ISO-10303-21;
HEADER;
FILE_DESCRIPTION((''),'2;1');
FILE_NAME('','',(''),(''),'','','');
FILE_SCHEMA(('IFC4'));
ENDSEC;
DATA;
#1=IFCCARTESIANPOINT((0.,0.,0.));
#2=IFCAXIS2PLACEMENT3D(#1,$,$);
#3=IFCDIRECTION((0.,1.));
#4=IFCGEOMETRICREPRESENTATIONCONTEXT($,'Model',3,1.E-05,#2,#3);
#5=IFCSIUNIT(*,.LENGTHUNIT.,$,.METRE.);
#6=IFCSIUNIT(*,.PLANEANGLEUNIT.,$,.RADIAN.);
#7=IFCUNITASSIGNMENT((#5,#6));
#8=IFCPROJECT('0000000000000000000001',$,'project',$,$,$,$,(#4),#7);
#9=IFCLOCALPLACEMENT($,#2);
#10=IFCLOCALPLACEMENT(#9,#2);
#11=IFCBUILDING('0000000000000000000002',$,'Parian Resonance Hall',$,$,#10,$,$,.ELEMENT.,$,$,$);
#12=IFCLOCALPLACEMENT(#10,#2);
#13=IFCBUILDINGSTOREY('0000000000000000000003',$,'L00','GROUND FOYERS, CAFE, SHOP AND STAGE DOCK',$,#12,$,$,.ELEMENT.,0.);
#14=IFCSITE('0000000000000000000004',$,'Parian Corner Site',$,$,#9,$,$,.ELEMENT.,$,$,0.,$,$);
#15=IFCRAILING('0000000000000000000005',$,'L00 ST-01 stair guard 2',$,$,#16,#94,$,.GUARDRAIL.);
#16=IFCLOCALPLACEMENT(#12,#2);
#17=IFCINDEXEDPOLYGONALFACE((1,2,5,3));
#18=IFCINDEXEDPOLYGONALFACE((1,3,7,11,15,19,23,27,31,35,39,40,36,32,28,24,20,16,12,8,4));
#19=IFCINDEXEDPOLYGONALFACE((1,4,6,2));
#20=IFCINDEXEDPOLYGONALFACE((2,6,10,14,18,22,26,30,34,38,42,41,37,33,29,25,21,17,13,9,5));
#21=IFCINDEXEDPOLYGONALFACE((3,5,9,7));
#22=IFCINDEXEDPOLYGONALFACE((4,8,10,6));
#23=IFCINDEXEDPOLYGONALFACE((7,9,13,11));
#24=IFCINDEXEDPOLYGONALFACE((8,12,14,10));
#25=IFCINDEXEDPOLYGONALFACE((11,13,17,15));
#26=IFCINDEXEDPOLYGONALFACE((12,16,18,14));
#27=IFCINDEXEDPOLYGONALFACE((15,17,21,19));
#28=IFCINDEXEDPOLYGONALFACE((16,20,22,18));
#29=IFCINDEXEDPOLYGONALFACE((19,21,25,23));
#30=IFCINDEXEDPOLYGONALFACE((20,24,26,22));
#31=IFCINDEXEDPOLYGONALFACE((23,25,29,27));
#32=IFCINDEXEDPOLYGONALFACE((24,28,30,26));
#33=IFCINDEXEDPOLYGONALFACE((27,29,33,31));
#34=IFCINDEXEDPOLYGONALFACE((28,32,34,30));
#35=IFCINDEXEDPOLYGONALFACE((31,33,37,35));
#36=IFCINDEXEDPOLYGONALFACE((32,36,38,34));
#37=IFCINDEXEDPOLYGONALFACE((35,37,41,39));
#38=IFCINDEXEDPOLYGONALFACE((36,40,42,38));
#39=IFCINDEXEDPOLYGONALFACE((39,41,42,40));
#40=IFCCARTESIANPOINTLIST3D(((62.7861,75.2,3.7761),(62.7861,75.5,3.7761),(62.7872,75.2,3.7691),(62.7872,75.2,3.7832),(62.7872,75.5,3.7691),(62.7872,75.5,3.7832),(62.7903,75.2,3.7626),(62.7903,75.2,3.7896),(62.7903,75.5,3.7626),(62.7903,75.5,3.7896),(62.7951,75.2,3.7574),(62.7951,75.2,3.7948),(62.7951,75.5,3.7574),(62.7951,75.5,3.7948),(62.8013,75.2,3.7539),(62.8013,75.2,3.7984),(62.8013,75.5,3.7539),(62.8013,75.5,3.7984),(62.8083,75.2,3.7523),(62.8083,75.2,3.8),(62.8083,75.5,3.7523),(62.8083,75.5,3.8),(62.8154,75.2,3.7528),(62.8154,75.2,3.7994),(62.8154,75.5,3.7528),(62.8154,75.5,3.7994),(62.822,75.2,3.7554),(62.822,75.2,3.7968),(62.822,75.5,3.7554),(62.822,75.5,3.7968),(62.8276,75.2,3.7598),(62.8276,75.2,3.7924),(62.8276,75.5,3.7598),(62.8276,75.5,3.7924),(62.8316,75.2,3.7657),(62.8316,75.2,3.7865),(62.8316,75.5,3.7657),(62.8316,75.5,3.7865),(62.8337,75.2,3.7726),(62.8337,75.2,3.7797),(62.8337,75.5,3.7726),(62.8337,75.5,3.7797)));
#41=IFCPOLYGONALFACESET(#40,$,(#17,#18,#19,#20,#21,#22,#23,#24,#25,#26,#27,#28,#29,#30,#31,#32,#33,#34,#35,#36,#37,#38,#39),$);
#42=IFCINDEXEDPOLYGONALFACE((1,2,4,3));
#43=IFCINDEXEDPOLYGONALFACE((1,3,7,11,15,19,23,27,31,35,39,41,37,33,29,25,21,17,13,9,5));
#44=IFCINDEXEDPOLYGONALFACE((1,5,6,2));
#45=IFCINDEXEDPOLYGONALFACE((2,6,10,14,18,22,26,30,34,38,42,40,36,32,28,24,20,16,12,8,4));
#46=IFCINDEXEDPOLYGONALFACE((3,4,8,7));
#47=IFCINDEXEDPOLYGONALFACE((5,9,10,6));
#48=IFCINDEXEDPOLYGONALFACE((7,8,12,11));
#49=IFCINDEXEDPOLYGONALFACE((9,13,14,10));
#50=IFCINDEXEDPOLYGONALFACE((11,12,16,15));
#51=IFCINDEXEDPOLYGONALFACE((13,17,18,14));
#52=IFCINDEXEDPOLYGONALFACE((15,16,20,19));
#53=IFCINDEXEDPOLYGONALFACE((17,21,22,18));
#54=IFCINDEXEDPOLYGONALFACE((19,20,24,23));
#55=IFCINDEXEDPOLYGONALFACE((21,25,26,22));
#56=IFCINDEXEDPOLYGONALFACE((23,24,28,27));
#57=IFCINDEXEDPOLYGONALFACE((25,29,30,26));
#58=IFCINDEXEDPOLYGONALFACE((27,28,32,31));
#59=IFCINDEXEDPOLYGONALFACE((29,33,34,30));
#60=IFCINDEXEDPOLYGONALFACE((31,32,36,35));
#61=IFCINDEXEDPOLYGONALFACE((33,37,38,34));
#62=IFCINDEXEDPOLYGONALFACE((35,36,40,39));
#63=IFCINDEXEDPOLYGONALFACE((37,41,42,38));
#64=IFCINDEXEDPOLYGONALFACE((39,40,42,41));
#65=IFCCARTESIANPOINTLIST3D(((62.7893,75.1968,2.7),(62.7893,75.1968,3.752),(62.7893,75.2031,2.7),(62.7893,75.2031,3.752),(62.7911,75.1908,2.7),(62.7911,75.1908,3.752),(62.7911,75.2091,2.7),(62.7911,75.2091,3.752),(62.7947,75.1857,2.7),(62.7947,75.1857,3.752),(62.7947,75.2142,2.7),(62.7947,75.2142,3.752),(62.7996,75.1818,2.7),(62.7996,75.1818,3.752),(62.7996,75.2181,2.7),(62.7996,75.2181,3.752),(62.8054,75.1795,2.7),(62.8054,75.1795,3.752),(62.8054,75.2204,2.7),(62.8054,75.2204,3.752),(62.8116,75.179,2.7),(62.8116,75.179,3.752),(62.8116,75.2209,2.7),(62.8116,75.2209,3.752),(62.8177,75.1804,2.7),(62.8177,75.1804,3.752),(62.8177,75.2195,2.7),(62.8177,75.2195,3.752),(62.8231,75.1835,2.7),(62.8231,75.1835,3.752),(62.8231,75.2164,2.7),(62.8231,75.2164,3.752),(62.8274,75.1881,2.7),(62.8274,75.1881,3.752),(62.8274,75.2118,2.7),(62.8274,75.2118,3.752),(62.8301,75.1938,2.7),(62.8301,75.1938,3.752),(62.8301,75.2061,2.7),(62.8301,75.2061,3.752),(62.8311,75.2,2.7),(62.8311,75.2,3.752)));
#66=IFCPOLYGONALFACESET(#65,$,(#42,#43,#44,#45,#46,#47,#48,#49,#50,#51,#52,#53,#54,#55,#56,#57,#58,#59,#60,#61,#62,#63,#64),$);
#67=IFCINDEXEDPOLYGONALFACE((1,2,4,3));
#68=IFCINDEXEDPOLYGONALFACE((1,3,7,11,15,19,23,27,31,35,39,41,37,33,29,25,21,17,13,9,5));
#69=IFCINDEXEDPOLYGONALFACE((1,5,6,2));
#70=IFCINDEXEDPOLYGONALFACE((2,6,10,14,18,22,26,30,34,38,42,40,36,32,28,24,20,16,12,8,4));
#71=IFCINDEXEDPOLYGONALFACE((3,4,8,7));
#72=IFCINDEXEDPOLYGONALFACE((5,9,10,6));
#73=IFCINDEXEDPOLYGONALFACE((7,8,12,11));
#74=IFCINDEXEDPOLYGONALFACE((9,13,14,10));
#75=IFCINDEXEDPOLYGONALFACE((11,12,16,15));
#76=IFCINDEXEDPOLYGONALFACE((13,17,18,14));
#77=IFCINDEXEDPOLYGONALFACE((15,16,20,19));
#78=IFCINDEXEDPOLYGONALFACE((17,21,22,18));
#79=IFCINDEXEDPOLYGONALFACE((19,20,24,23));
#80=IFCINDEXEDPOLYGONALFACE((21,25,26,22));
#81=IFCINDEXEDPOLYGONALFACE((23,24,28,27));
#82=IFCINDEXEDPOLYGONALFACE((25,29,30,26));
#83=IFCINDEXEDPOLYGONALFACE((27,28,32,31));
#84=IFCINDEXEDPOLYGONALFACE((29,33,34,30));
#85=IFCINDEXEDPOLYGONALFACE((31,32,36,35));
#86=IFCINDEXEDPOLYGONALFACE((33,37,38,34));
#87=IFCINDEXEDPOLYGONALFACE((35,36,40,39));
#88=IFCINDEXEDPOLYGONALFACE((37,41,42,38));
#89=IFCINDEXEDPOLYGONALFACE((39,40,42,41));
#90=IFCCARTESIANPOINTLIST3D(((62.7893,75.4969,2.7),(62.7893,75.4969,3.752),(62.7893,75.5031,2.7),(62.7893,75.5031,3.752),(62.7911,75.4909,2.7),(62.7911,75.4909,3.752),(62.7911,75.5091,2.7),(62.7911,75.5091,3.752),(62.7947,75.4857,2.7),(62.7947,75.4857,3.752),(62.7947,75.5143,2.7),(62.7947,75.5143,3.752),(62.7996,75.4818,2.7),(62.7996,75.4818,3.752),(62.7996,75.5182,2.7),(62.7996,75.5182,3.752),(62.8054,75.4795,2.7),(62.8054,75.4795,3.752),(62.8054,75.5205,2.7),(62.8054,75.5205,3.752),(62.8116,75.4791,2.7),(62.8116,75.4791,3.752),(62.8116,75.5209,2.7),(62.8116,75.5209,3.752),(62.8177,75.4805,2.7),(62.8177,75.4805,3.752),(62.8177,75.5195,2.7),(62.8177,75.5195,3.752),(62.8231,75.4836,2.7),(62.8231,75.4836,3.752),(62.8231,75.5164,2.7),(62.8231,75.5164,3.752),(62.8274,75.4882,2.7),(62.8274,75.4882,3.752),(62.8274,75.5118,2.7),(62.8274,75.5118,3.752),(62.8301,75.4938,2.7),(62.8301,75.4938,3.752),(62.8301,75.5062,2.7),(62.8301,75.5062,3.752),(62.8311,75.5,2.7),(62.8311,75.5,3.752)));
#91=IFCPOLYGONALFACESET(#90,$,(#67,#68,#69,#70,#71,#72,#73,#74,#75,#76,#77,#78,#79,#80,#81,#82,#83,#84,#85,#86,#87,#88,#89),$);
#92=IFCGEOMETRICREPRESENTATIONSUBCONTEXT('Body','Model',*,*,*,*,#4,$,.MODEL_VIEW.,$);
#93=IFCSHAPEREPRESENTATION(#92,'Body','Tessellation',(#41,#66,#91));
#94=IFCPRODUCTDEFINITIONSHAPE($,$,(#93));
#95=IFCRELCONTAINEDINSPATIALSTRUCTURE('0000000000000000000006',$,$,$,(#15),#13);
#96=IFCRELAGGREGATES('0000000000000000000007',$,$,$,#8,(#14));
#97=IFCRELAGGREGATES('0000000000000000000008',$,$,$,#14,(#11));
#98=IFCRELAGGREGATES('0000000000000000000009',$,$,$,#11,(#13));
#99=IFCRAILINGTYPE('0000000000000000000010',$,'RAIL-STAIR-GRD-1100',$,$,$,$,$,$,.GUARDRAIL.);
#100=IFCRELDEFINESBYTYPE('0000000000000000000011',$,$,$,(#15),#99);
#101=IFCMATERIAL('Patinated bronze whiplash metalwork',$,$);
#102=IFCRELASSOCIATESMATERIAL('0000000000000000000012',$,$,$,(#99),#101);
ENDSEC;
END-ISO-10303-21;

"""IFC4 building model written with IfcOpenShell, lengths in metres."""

from ifc_helpers import new_model, si_unit, direction, frame, origin, origin_2d, place, context, subcontext, project, spatial, circle, extrude, material, type_object, element, save


model = new_model("IFC4")

# Units and contexts
model_context = context("Model", 3, precision=1e-05, world=origin(), true_north=direction((0.0, 1.0)))
body_context = subcontext(model_context, "Body", "Model", "MODEL_VIEW")
ifc_project = project(units=[si_unit("LENGTHUNIT", "METRE"), si_unit("PLANEANGLEUNIT", "RADIAN")], contexts=[model_context])

# Site, building, storey
site_placement = place(None, origin())
site = spatial("IfcSite", under=ifc_project, at=site_placement, Name="Parian Corner Site", CompositionType="ELEMENT", RefElevation=0.0)
building_placement = place(site_placement, origin())
building = spatial("IfcBuilding", under=site, at=building_placement, Name="Parian Resonance Hall", CompositionType="ELEMENT")
storey_placement = place(building_placement, origin())
storey = spatial("IfcBuildingStorey", under=building, at=storey_placement, Name="L00", Description="GROUND FOYERS, CAFE, SHOP AND STAGE DOCK", CompositionType="ELEMENT", Elevation=0.0)

# Railing
ifc_material_1 = material(Name="Patinated bronze whiplash metalwork")
railing_type_1 = type_object("IfcRailingType", Name="RAIL-STAIR-GRD-1100", PredefinedType="GUARDRAIL", material=ifc_material_1)
railing_1_placement = place(storey_placement, frame((62.8101, 75.2, 2.7)))
element("IfcRailing", 1, at=railing_1_placement, inside=storey, type_object=railing_type_1, Name="L00 ST-01 stair guard 2", PredefinedType="GUARDRAIL", context=body_context, shape_type="SweptSolid", body=[
    extrude(circle(Radius=0.0239, at=origin_2d()), frame((0.0, 0.0, 1.0762), z_axis=(0.0, 1.0, 0.0), x_axis=(-1.0, 0.0, 0.0)), (0.0, 0.0, 1.0), 0.3),
    extrude(circle(Radius=0.021, at=origin_2d()), origin(), (0.0, 0.0, 1.0), 1.052),
    extrude(circle(Radius=0.021, at=origin_2d()), frame((0.0, 0.3, 0.0)), (0.0, 0.0, 1.0), 1.052),
])

save(model, "model.ifc")
